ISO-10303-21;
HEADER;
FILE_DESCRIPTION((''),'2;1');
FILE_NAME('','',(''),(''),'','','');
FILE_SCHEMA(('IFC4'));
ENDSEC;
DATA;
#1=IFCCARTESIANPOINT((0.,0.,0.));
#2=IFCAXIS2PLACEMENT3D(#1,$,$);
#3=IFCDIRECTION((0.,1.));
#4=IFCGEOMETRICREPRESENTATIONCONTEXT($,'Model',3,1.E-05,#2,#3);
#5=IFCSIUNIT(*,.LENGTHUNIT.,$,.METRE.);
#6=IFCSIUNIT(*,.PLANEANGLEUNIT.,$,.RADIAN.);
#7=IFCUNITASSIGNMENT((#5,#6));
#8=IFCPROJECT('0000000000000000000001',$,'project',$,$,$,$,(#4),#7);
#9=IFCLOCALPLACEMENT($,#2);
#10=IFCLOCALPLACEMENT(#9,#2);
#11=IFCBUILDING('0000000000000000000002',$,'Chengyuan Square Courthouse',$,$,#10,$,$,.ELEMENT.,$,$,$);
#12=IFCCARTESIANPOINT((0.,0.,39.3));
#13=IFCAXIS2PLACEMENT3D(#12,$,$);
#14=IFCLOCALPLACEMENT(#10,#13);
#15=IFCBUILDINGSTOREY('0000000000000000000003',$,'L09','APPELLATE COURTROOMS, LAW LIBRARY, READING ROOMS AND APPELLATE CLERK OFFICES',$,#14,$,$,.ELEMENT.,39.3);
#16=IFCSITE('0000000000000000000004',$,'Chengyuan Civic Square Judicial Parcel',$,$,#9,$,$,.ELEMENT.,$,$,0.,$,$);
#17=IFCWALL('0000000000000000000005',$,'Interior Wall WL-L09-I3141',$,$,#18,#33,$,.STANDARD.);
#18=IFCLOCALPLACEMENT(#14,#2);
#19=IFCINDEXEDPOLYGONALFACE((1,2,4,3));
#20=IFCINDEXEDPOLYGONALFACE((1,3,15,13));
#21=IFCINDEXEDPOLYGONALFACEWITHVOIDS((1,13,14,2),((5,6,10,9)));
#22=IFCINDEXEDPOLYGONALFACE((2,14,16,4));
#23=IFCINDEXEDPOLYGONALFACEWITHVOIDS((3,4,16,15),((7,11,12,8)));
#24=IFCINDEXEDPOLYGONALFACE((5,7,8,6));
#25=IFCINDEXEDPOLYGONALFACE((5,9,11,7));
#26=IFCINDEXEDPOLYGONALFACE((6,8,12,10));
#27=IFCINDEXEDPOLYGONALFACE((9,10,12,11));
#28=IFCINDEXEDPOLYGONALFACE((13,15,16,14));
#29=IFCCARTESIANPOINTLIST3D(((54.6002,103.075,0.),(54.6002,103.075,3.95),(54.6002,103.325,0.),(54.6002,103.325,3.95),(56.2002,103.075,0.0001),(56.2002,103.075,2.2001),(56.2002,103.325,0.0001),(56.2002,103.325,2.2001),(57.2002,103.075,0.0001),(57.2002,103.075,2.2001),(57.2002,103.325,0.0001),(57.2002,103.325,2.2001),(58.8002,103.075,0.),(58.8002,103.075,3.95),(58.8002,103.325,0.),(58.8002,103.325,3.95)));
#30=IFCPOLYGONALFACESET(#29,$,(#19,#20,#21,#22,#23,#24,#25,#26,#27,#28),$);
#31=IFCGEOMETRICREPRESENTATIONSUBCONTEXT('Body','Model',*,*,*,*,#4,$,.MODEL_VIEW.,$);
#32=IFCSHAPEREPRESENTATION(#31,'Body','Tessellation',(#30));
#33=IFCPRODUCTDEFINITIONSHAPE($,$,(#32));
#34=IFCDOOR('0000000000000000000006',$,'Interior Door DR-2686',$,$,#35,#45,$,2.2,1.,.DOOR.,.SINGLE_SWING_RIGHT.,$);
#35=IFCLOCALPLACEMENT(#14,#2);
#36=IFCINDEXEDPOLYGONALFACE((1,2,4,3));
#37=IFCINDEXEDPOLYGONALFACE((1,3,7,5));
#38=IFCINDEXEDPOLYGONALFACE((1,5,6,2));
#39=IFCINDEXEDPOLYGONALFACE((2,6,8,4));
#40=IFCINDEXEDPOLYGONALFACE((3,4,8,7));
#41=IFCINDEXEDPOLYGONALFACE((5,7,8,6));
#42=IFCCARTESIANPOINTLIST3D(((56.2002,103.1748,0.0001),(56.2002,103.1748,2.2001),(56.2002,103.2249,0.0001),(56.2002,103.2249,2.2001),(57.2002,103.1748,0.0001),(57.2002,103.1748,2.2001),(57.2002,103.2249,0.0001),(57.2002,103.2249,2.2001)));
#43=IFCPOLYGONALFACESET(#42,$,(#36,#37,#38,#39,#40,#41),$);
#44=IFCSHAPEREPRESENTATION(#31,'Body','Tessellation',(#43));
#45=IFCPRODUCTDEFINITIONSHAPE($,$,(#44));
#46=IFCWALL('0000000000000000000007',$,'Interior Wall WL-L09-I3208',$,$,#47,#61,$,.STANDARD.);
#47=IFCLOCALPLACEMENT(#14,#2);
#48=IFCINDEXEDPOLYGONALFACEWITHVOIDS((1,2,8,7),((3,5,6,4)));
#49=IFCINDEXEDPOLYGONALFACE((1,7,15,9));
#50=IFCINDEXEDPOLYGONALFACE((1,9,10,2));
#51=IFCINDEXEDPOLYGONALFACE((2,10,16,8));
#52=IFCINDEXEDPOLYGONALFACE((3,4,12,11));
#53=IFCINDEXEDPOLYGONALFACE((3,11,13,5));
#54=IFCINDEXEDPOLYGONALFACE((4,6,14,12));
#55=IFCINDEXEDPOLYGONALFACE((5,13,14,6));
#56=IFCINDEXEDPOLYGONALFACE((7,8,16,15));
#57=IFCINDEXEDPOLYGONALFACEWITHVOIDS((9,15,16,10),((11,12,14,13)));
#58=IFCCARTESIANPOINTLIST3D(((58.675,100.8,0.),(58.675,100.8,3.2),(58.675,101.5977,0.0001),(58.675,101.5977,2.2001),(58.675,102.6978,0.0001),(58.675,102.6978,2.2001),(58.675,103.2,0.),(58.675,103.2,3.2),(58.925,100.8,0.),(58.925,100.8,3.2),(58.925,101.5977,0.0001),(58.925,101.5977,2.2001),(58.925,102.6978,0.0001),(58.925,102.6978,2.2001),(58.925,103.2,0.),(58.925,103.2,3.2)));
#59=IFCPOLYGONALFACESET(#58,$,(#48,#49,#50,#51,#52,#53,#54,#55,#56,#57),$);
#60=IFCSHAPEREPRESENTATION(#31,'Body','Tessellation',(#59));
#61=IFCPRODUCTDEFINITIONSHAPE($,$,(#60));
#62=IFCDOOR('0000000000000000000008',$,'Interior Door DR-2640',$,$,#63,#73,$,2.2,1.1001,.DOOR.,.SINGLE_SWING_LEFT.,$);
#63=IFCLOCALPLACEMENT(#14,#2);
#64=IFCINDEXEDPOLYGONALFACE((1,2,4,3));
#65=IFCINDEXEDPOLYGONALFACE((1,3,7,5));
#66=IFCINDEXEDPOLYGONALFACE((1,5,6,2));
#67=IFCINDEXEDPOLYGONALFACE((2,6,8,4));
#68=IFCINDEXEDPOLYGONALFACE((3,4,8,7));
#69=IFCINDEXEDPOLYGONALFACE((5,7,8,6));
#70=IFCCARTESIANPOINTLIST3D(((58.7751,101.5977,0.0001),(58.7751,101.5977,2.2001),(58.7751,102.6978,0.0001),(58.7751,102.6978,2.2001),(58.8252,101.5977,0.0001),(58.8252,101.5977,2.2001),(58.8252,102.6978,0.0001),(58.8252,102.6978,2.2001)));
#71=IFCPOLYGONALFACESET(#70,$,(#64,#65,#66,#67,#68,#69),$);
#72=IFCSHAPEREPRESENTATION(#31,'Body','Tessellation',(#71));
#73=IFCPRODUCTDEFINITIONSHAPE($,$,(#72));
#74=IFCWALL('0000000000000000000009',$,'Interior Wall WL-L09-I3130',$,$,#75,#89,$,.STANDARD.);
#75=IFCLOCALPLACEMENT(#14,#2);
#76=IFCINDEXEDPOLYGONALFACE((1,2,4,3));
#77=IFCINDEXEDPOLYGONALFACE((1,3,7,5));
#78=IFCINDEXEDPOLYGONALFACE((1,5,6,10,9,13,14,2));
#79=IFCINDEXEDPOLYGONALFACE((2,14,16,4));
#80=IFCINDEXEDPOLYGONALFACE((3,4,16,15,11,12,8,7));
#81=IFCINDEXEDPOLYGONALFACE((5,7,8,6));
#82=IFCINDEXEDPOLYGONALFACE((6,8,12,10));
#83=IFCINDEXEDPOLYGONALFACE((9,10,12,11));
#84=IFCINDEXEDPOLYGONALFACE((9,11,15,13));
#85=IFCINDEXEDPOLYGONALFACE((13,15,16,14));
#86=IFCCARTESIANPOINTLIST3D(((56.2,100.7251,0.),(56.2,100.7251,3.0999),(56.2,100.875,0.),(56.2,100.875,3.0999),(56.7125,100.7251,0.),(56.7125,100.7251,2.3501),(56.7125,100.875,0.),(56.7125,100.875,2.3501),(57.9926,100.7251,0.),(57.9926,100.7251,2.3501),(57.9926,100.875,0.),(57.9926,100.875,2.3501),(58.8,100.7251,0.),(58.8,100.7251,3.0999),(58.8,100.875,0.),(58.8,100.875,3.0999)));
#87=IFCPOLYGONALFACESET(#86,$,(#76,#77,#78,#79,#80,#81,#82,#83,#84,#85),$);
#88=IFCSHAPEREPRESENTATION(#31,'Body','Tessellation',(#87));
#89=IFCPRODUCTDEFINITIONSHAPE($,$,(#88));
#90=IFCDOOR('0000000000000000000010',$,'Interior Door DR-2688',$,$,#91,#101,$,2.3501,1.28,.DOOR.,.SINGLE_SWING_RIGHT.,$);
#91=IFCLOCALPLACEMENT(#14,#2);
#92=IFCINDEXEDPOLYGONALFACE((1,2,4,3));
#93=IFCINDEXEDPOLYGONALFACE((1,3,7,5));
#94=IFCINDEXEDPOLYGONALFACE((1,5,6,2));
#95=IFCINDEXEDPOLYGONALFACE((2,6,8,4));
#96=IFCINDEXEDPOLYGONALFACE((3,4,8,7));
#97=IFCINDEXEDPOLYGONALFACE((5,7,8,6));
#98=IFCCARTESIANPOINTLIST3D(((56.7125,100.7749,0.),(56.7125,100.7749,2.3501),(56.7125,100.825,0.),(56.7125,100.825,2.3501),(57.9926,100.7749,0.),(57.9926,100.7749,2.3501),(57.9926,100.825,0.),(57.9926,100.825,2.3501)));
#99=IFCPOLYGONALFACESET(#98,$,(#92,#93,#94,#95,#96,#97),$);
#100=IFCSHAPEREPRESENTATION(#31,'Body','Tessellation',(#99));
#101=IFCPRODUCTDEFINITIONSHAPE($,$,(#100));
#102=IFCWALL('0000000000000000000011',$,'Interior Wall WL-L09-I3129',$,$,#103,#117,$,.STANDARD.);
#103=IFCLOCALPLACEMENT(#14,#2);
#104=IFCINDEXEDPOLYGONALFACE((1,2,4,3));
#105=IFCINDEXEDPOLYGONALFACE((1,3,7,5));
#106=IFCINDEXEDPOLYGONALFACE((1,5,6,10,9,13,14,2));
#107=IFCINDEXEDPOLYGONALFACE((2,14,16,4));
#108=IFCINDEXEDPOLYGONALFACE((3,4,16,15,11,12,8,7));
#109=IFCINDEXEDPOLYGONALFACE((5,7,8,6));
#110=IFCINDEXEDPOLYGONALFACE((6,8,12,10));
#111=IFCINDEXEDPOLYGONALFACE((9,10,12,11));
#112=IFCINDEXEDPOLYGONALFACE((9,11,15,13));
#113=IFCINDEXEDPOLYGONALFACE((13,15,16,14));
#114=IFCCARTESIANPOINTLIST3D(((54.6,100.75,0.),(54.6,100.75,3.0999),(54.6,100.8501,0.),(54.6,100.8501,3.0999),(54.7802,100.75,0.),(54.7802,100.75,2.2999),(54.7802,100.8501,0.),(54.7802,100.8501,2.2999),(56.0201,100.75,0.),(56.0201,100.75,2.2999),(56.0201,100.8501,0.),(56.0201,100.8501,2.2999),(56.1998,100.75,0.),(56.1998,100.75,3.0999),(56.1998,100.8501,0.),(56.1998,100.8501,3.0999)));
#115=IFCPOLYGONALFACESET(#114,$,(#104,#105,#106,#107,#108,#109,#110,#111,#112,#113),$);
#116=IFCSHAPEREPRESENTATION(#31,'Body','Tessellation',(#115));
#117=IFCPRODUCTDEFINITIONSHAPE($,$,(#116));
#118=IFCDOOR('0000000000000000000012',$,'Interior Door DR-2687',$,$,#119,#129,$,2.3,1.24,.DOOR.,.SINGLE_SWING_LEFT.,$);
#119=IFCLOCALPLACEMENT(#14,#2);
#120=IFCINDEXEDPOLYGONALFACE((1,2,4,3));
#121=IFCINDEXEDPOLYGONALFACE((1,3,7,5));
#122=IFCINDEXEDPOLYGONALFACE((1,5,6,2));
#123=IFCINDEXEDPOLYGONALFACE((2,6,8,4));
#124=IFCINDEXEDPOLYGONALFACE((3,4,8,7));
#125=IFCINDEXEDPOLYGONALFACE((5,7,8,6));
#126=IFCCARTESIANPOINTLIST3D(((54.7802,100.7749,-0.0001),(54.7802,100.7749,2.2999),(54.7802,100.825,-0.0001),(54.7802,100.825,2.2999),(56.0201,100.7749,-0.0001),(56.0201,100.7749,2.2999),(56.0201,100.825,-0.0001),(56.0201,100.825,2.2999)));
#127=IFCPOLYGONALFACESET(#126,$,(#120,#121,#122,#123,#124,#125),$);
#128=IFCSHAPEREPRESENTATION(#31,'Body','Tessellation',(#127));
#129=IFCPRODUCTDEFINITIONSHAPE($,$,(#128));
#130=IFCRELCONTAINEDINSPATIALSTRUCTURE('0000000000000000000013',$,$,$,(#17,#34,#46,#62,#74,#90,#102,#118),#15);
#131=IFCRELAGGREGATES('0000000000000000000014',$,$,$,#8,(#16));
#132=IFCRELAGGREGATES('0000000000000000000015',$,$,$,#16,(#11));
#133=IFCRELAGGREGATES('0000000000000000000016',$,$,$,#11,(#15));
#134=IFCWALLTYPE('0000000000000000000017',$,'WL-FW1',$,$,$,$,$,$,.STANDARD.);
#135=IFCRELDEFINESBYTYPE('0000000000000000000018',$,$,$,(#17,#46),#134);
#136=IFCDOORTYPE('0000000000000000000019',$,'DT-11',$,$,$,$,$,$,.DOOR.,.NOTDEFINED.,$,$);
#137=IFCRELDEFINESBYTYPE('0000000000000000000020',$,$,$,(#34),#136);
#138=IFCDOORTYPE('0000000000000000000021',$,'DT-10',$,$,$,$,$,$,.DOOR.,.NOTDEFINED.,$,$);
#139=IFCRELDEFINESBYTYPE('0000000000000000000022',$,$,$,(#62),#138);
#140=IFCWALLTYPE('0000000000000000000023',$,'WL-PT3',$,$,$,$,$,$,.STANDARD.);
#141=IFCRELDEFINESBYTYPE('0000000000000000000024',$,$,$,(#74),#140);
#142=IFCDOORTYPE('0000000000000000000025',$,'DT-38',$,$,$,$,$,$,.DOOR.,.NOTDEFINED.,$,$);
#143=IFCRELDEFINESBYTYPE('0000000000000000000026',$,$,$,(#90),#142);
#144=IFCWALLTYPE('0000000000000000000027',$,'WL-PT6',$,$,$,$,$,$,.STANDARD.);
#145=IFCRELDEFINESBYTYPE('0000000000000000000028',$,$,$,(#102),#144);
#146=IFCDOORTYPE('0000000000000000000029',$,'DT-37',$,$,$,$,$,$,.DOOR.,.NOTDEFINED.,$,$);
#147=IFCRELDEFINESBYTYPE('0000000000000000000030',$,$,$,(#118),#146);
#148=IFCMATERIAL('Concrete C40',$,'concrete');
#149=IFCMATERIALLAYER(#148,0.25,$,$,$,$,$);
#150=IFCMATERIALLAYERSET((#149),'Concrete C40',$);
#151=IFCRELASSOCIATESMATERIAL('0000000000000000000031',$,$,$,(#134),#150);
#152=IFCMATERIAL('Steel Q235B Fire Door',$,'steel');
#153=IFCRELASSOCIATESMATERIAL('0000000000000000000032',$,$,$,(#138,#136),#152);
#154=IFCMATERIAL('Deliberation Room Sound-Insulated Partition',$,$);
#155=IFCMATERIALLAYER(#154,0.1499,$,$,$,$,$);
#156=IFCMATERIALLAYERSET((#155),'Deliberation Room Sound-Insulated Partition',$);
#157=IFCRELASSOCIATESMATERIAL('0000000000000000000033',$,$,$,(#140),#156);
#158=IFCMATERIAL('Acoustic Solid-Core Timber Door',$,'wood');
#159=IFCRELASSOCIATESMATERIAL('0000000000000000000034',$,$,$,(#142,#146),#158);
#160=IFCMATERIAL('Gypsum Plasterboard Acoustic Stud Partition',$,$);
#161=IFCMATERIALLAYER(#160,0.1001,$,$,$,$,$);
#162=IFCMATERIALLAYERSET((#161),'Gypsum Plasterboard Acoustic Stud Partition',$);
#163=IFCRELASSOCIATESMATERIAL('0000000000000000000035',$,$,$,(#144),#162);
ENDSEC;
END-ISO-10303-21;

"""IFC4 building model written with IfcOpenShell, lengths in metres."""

from ifc_helpers import new_model, si_unit, direction, frame, frame_2d, origin, place, context, subcontext, project, spatial, rectangle, extrude, material, layer, layer_set, type_object, element, fill, save


model = new_model("IFC4")

# Units and contexts
model_context = context("Model", 3, precision=1e-05, world=origin(), true_north=direction((0.0, 1.0)))
body_context = subcontext(model_context, "Body", "Model", "MODEL_VIEW")
ifc_project = project(units=[si_unit("LENGTHUNIT", "METRE"), si_unit("PLANEANGLEUNIT", "RADIAN")], contexts=[model_context])

# Site, building, storey
site_placement = place(None, origin())
site = spatial("IfcSite", under=ifc_project, at=site_placement, Name="Chengyuan Civic Square Judicial Parcel", CompositionType="ELEMENT", RefElevation=0.0)
building_placement = place(site_placement, origin())
building = spatial("IfcBuilding", under=site, at=building_placement, Name="Chengyuan Square Courthouse", CompositionType="ELEMENT")
storey_placement = place(building_placement, frame((0.0, 0.0, 39.3)))
storey = spatial("IfcBuildingStorey", under=building, at=storey_placement, Name="L09", Description="APPELLATE COURTROOMS, LAW LIBRARY, READING ROOMS AND APPELLATE CLERK OFFICES", CompositionType="ELEMENT", Elevation=39.3)

# Shared definitions
ifc_material_1 = material(Name="Concrete C40", Category="concrete")

# Walls, openings, doors
ifc_layer_1 = layer(ifc_material_1, 0.25)
ifc_layer_set_1 = layer_set([ifc_layer_1], Name="Concrete C40")
wall_type_1 = type_object("IfcWallType", Name="WL-FW1", PredefinedType="STANDARD", material=ifc_layer_set_1)
ifc_material_2 = material(Name="Steel Q235B Fire Door", Category="steel")
door_type_1 = type_object("IfcDoorType", Name="DT-10", OperationType="NOTDEFINED", PredefinedType="DOOR", material=ifc_material_2)
door_type_2 = type_object("IfcDoorType", Name="DT-11", OperationType="NOTDEFINED", PredefinedType="DOOR", material=ifc_material_2)
wall_1_placement = place(storey_placement, frame((54.6001, 103.2, 0.0), z_axis=(0.0, 0.0, 1.0), x_axis=(1.0, 0.0, 0.0)))
wall_1 = element("IfcWall", 1, at=wall_1_placement, inside=storey, type_object=wall_type_1, Name="Interior Wall WL-L09-I3141", PredefinedType="STANDARD", context=body_context, shape_type="SweptSolid", body=[
    extrude(rectangle(XDim=4.2, YDim=0.25, at=frame_2d((2.1001, 0.0))), origin(), (0.0, 0.0, 1.0), 3.95),
])
opening_1_placement = place(wall_1_placement, frame((1.6001, 0.0, 0.0)))
opening_1 = element("IfcOpeningElement", 2, at=opening_1_placement, cuts=wall_1, PredefinedType="OPENING", context=body_context, shape_type="SweptSolid", body=[
    extrude(rectangle(XDim=1.0, YDim=2.2, at=frame_2d((0.5, 1.1001))), frame((0.0, 0.137, 0.0), z_axis=(0.0, -1.0, 0.0), x_axis=(1.0, 0.0, 0.0)), (0.0, 0.0, 1.0), 0.2739),
])
door_1_placement = place(opening_1_placement, origin())
door_1 = element("IfcDoor", 3, at=door_1_placement, inside=storey, type_object=door_type_2, Name="Interior Door DR-2686", OperationType="SINGLE_SWING_RIGHT", OverallHeight=2.2, OverallWidth=1.0, PredefinedType="DOOR", context=body_context, shape_type="SweptSolid", body=[
    extrude(rectangle(XDim=1.0, YDim=2.2, at=frame_2d((0.5, 1.1001))), frame((0.0, 0.0249, 0.0), z_axis=(0.0, -1.0, 0.0), x_axis=(1.0, 0.0, 0.0)), (0.0, 0.0, 1.0), 0.05),
])
fill(opening_1, door_1)
wall_2_placement = place(storey_placement, frame((58.8, 100.8, 0.0), z_axis=(0.0, 0.0, 1.0), x_axis=(0.0, 1.0, 0.0)))
wall_2 = element("IfcWall", 4, at=wall_2_placement, inside=storey, type_object=wall_type_1, Name="Interior Wall WL-L09-I3208", PredefinedType="STANDARD", context=body_context, shape_type="SweptSolid", body=[
    extrude(rectangle(XDim=2.3999, YDim=0.25, at=frame_2d((1.2, 0.0))), origin(), (0.0, 0.0, 1.0), 3.2),
])
opening_2_placement = place(wall_2_placement, frame((0.7976, 0.0, 0.0)))
opening_2 = element("IfcOpeningElement", 5, at=opening_2_placement, cuts=wall_2, PredefinedType="OPENING", context=body_context, shape_type="SweptSolid", body=[
    extrude(rectangle(XDim=1.1001, YDim=2.2, at=frame_2d((0.55, 1.1001))), frame((0.0, 0.137, 0.0), z_axis=(0.0, -1.0, 0.0), x_axis=(1.0, 0.0, 0.0)), (0.0, 0.0, 1.0), 0.2739),
])
door_2_placement = place(opening_2_placement, origin())
door_2 = element("IfcDoor", 6, at=door_2_placement, inside=storey, type_object=door_type_1, Name="Interior Door DR-2640", OperationType="SINGLE_SWING_LEFT", OverallHeight=2.2, OverallWidth=1.1001, PredefinedType="DOOR", context=body_context, shape_type="SweptSolid", body=[
    extrude(rectangle(XDim=1.1001, YDim=2.2, at=frame_2d((0.55, 1.1001))), frame((0.0, 0.0249, 0.0), z_axis=(0.0, -1.0, 0.0), x_axis=(1.0, 0.0, 0.0)), (0.0, 0.0, 1.0), 0.05),
])
fill(opening_2, door_2)
ifc_material_3 = material(Name="Deliberation Room Sound-Insulated Partition")
ifc_layer_2 = layer(ifc_material_3, 0.1499)
ifc_layer_set_2 = layer_set([ifc_layer_2], Name="Deliberation Room Sound-Insulated Partition")
wall_type_2 = type_object("IfcWallType", Name="WL-PT3", PredefinedType="STANDARD", material=ifc_layer_set_2)
wall_3_placement = place(storey_placement, frame((56.2, 100.8, 0.0), z_axis=(0.0, 0.0, 1.0), x_axis=(1.0, 0.0, 0.0)))
wall_3 = element("IfcWall", 7, at=wall_3_placement, inside=storey, type_object=wall_type_2, Name="Interior Wall WL-L09-I3130", PredefinedType="STANDARD", context=body_context, shape_type="SweptSolid", body=[
    extrude(rectangle(XDim=2.6001, YDim=0.1499, at=frame_2d((1.3, 0.0))), origin(), (0.0, 0.0, 1.0), 3.0999),
])
opening_3_placement = place(wall_3_placement, frame((0.5125, 0.0, 0.0)))
opening_3 = element("IfcOpeningElement", 8, at=opening_3_placement, cuts=wall_3, PredefinedType="OPENING", context=body_context, shape_type="SweptSolid", body=[
    extrude(rectangle(XDim=1.28, YDim=2.3501, at=frame_2d((0.6401, 1.175))), frame((0.0, 0.0869, 0.0), z_axis=(0.0, -1.0, 0.0), x_axis=(1.0, 0.0, 0.0)), (0.0, 0.0, 1.0), 0.1738),
])
ifc_material_4 = material(Name="Acoustic Solid-Core Timber Door", Category="wood")
door_type_3 = type_object("IfcDoorType", Name="DT-38", OperationType="NOTDEFINED", PredefinedType="DOOR", material=ifc_material_4)
door_3_placement = place(opening_3_placement, origin())
door_3 = element("IfcDoor", 9, at=door_3_placement, inside=storey, type_object=door_type_3, Name="Interior Door DR-2688", OperationType="SINGLE_SWING_RIGHT", OverallHeight=2.3501, OverallWidth=1.28, PredefinedType="DOOR", context=body_context, shape_type="SweptSolid", body=[
    extrude(rectangle(XDim=1.28, YDim=2.3501, at=frame_2d((0.6401, 1.175))), frame((0.0, 0.0249, 0.0), z_axis=(0.0, -1.0, 0.0), x_axis=(1.0, 0.0, 0.0)), (0.0, 0.0, 1.0), 0.05),
])
fill(opening_3, door_3)
ifc_material_5 = material(Name="Gypsum Plasterboard Acoustic Stud Partition")
ifc_layer_3 = layer(ifc_material_5, 0.1001)
ifc_layer_set_3 = layer_set([ifc_layer_3], Name="Gypsum Plasterboard Acoustic Stud Partition")
wall_type_3 = type_object("IfcWallType", Name="WL-PT6", PredefinedType="STANDARD", material=ifc_layer_set_3)
wall_4_placement = place(storey_placement, frame((54.6001, 100.8, 0.0), z_axis=(0.0, 0.0, 1.0), x_axis=(1.0, 0.0, 0.0)))
wall_4 = element("IfcWall", 10, at=wall_4_placement, inside=storey, type_object=wall_type_3, Name="Interior Wall WL-L09-I3129", PredefinedType="STANDARD", context=body_context, shape_type="SweptSolid", body=[
    extrude(rectangle(XDim=1.5999, YDim=0.1001, at=frame_2d((0.7998, 0.0))), origin(), (0.0, 0.0, 1.0), 3.0999),
])
opening_4_placement = place(wall_4_placement, frame((0.1799, 0.0, 0.0)))
opening_4 = element("IfcOpeningElement", 11, at=opening_4_placement, cuts=wall_4, PredefinedType="OPENING", context=body_context, shape_type="SweptSolid", body=[
    extrude(rectangle(XDim=1.24, YDim=2.3, at=frame_2d((0.6201, 1.1499))), frame((0.0, 0.062, 0.0), z_axis=(0.0, -1.0, 0.0), x_axis=(1.0, 0.0, 0.0)), (0.0, 0.0, 1.0), 0.124),
])
door_type_4 = type_object("IfcDoorType", Name="DT-37", OperationType="NOTDEFINED", PredefinedType="DOOR", material=ifc_material_4)
door_4_placement = place(opening_4_placement, origin())
door_4 = element("IfcDoor", 12, at=door_4_placement, inside=storey, type_object=door_type_4, Name="Interior Door DR-2687", OperationType="SINGLE_SWING_LEFT", OverallHeight=2.3, OverallWidth=1.24, PredefinedType="DOOR", context=body_context, shape_type="SweptSolid", body=[
    extrude(rectangle(XDim=1.24, YDim=2.3, at=frame_2d((0.6201, 1.1499))), frame((0.0, 0.0249, 0.0), z_axis=(0.0, -1.0, 0.0), x_axis=(1.0, 0.0, 0.0)), (0.0, 0.0, 1.0), 0.05),
])
fill(opening_4, door_4)

save(model, "model.ifc")
